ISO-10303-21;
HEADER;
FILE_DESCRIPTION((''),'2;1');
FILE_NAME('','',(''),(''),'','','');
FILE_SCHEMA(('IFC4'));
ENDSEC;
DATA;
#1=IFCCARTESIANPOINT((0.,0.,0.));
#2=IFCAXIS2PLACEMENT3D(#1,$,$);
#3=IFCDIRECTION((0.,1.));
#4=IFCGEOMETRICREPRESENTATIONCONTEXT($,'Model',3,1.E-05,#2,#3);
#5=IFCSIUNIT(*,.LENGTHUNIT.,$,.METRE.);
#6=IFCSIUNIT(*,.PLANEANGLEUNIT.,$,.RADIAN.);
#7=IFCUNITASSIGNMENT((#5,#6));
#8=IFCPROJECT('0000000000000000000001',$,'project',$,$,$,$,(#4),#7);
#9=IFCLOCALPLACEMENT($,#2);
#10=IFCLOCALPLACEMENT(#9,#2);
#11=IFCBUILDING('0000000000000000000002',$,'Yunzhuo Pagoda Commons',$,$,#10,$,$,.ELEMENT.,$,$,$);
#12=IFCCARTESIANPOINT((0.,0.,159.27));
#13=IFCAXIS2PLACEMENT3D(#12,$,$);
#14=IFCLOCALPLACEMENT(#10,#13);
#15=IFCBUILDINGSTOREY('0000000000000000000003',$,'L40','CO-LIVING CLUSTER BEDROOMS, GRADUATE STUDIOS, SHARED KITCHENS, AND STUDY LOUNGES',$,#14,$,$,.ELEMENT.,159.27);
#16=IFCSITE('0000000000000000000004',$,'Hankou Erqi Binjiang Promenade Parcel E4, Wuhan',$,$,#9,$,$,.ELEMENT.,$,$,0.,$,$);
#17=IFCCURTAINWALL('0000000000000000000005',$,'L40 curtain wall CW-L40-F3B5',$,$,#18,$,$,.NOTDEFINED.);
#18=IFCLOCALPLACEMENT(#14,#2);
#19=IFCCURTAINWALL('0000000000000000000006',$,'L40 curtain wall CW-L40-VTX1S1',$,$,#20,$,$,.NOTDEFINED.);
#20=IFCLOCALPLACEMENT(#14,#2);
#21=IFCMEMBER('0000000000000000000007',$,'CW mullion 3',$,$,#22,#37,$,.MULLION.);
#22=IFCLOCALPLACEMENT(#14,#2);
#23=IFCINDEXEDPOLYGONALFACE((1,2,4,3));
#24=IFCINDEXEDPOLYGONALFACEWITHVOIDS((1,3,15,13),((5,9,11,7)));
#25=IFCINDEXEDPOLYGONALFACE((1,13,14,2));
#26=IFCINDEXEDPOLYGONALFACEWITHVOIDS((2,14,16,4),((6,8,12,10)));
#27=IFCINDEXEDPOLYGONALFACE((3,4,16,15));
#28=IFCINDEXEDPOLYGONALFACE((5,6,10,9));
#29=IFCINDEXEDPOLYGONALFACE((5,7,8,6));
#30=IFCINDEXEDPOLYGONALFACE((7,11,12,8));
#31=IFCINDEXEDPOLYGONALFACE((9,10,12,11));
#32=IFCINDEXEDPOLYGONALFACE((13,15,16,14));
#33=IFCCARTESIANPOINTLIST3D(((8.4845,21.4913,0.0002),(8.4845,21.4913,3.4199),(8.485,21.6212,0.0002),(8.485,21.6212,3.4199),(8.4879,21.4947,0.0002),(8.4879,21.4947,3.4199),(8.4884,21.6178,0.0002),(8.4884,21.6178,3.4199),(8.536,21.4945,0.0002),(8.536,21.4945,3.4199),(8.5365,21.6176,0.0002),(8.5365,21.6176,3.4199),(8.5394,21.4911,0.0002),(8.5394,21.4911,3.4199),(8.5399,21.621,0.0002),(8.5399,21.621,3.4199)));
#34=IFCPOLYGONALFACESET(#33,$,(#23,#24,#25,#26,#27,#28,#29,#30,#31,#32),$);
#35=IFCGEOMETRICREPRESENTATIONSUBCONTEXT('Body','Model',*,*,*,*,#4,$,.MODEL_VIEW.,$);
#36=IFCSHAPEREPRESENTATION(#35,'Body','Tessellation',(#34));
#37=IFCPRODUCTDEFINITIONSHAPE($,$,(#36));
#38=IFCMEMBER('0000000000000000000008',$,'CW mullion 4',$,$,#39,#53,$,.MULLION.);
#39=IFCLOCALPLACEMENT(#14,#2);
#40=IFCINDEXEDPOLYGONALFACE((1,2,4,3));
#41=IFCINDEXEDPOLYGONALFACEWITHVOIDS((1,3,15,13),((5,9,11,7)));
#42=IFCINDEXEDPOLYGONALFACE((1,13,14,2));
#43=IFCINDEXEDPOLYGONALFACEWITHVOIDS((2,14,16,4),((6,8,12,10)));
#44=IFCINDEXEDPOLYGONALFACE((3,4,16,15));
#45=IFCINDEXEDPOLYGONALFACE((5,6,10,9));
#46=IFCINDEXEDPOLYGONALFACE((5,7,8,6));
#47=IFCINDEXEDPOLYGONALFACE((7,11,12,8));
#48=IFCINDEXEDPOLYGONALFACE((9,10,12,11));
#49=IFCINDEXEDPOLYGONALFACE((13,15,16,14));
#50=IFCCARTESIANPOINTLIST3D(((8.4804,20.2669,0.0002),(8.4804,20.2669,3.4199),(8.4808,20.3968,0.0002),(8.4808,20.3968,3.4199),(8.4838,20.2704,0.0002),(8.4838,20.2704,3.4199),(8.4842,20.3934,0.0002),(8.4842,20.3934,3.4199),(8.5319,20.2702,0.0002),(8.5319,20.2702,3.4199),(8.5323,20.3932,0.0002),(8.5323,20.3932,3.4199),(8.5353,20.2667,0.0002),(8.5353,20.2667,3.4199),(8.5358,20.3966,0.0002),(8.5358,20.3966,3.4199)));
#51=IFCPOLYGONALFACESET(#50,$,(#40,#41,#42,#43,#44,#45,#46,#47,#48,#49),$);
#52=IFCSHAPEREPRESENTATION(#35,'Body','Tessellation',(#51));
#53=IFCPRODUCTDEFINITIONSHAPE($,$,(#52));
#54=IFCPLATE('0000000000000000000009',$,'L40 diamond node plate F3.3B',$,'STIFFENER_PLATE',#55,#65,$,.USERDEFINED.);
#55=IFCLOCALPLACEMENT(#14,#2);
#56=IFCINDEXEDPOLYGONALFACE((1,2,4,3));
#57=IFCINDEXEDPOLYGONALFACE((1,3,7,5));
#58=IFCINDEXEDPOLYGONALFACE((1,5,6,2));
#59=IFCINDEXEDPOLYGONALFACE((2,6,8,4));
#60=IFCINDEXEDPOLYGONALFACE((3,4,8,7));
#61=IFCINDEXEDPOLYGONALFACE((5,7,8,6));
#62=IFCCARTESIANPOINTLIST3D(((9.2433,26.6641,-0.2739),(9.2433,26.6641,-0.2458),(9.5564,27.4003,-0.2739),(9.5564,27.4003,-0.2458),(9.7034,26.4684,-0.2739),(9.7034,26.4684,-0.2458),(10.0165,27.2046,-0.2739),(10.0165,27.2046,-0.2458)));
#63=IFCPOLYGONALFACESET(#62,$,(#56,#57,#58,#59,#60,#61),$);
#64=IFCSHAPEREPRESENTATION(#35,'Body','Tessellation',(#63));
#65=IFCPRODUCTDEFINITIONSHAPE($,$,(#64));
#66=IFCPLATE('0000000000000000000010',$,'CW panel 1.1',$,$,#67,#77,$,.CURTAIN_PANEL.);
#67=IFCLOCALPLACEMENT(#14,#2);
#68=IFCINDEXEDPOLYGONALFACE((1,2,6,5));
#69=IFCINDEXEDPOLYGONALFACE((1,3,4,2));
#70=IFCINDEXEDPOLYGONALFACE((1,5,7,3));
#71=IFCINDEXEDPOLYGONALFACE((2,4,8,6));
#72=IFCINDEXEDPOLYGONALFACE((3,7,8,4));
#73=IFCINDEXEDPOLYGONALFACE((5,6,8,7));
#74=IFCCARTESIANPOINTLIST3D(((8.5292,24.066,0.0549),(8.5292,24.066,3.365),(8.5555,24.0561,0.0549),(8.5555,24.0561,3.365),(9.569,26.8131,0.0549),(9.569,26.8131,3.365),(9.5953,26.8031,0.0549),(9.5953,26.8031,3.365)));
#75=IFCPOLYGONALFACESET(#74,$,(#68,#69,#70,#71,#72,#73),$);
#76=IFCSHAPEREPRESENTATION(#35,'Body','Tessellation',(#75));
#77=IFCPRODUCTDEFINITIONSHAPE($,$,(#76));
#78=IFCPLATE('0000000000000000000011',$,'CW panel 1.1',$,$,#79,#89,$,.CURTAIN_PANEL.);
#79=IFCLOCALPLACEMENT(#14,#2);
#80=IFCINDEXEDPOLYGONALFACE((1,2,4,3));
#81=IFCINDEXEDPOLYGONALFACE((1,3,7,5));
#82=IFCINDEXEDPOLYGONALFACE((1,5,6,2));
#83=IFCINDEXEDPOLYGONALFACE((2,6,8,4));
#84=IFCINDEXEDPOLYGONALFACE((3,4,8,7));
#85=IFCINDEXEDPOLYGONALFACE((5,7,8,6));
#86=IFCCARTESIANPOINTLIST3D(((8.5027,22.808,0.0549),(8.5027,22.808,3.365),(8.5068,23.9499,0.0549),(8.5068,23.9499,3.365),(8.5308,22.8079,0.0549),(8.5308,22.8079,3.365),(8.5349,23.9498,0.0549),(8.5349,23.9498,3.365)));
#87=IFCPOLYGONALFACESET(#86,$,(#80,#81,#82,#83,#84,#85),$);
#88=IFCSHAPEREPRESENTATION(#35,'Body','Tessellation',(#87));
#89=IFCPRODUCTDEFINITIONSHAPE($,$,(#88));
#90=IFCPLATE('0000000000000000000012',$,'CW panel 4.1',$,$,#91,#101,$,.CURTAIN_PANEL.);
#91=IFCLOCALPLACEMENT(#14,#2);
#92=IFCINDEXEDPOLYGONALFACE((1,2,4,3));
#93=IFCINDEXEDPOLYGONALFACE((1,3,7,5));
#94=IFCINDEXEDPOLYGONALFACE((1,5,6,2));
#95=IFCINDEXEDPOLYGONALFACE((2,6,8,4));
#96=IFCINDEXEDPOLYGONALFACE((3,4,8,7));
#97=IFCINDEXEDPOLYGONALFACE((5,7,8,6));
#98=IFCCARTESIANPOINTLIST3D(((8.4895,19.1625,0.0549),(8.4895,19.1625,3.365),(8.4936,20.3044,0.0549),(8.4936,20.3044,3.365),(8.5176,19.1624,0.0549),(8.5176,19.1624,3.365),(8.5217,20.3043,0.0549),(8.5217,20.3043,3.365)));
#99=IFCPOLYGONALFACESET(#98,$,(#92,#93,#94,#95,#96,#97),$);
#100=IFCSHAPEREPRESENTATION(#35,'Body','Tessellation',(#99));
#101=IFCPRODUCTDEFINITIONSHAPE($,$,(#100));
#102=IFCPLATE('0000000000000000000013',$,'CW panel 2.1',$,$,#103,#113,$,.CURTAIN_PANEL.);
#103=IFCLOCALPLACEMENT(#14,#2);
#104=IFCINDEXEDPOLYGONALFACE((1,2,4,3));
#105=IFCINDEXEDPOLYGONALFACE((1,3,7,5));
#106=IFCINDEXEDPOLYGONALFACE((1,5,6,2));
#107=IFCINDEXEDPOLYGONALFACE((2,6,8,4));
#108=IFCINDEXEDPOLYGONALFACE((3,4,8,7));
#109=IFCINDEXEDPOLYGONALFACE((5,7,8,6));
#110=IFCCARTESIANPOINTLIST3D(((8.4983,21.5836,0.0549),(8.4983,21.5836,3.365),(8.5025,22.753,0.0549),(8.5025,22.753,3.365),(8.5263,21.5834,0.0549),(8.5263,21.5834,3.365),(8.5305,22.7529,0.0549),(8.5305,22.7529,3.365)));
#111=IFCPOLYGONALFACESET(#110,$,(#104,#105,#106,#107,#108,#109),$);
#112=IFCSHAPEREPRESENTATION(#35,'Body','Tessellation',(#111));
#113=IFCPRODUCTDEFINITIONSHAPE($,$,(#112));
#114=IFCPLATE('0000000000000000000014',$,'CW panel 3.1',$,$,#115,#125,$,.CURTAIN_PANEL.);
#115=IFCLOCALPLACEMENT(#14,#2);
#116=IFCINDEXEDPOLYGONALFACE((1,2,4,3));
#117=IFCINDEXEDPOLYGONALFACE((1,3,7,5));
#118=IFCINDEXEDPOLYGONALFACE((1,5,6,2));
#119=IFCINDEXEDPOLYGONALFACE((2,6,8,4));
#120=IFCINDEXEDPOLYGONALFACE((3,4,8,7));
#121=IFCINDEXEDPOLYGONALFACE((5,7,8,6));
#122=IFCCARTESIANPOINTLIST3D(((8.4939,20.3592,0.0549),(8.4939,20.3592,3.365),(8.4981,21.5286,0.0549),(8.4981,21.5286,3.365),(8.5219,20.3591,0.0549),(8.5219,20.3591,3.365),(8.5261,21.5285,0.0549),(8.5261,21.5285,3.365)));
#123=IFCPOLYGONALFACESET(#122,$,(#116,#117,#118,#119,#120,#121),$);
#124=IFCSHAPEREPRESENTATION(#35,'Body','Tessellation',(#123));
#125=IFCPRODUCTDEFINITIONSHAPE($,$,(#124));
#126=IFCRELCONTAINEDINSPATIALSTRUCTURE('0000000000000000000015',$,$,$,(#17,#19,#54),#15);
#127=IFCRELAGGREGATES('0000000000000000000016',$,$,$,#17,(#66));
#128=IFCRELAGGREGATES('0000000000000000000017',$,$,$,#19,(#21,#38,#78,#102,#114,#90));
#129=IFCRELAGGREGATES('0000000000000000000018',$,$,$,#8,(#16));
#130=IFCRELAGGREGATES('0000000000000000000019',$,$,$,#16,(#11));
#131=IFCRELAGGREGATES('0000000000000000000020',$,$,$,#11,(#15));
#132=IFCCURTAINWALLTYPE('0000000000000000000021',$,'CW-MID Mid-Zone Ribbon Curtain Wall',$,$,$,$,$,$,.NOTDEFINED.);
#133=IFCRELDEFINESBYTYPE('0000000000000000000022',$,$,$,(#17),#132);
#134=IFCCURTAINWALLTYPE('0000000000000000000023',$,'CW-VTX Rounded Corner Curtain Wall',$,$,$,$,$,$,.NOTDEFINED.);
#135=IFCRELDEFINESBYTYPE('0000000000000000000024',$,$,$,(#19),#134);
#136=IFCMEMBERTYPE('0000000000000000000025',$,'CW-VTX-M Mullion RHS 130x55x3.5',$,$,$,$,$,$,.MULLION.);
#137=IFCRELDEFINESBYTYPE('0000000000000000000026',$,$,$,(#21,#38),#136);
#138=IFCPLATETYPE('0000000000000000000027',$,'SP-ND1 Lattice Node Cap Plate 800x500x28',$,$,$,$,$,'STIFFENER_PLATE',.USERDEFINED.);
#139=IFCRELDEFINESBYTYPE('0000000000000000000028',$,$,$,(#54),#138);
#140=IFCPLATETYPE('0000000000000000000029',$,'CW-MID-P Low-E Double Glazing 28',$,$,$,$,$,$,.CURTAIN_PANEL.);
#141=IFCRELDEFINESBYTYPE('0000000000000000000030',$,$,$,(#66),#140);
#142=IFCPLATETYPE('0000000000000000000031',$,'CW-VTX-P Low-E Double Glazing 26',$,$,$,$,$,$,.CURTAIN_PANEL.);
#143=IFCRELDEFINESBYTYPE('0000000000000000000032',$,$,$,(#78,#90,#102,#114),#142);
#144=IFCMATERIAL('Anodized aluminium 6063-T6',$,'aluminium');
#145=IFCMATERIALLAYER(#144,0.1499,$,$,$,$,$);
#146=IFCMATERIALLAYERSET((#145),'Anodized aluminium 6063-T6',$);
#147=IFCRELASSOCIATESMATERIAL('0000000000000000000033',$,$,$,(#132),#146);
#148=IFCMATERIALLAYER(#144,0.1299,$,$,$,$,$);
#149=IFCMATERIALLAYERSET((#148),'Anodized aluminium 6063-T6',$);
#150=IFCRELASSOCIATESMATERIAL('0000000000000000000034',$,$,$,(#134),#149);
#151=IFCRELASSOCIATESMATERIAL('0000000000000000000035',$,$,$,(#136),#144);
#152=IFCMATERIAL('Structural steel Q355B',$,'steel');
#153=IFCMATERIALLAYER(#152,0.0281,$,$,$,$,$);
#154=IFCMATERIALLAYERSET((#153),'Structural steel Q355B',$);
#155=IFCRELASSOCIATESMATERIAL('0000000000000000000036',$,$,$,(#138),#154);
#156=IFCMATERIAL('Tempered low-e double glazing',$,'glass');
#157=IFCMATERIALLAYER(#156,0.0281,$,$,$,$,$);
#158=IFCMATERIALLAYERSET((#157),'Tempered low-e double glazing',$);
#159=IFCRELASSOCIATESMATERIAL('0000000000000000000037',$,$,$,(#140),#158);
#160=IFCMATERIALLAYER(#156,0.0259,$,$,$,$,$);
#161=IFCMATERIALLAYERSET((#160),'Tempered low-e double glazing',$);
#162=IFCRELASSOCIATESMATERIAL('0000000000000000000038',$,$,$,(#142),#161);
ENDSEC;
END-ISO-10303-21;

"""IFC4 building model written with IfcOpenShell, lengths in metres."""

from ifc_helpers import new_model, si_unit, direction, frame, origin, origin_2d, place, context, subcontext, project, spatial, rectangle, hollow_rectangle, extrude, source, transform, mapped, material, layer, layer_set, material_profile, profile_set, type_object, element, aggregate, save


model = new_model("IFC4")

# Units and contexts
model_context = context("Model", 3, precision=1e-05, world=origin(), true_north=direction((0.0, 1.0)))
body_context = subcontext(model_context, "Body", "Model", "MODEL_VIEW")
ifc_project = project(units=[si_unit("LENGTHUNIT", "METRE"), si_unit("PLANEANGLEUNIT", "RADIAN")], contexts=[model_context])

# Site, building, storey
site_placement = place(None, origin())
site = spatial("IfcSite", under=ifc_project, at=site_placement, Name="Hankou Erqi Binjiang Promenade Parcel E4, Wuhan", CompositionType="ELEMENT", RefElevation=0.0)
building_placement = place(site_placement, origin())
building = spatial("IfcBuilding", under=site, at=building_placement, Name="Yunzhuo Pagoda Commons", CompositionType="ELEMENT")
storey_placement = place(building_placement, frame((0.0, 0.0, 159.27)))
storey = spatial("IfcBuildingStorey", under=building, at=storey_placement, Name="L40", Description="CO-LIVING CLUSTER BEDROOMS, GRADUATE STUDIOS, SHARED KITCHENS, AND STUDY LOUNGES", CompositionType="ELEMENT", Elevation=159.27)

# Shared definitions
ifc_material_1 = material(Name="Structural steel Q355B", Category="steel")

# Shared definitions
ifc_material_2 = material(Name="Anodized aluminium 6063-T6", Category="aluminium")
ifc_layer_1 = layer(ifc_material_2, 0.1499)
ifc_layer_set_1 = layer_set([ifc_layer_1], Name="Anodized aluminium 6063-T6")
curtain_wall_type_1 = type_object("IfcCurtainWallType", Name="CW-MID Mid-Zone Ribbon Curtain Wall", PredefinedType="NOTDEFINED", material=ifc_layer_set_1)

# Curtain walls
curtain_wall_1_placement = place(storey_placement, origin())
curtain_wall_1 = element("IfcCurtainWall", 1, at=curtain_wall_1_placement, inside=storey, type_object=curtain_wall_type_1, Name="L40 curtain wall CW-L40-F3B5", PredefinedType="NOTDEFINED")
ifc_layer_2 = layer(ifc_material_2, 0.1299)
ifc_layer_set_2 = layer_set([ifc_layer_2], Name="Anodized aluminium 6063-T6")
curtain_wall_type_2 = type_object("IfcCurtainWallType", Name="CW-VTX Rounded Corner Curtain Wall", PredefinedType="NOTDEFINED", material=ifc_layer_set_2)
curtain_wall_2_placement = place(storey_placement, origin())
curtain_wall_2 = element("IfcCurtainWall", 2, at=curtain_wall_2_placement, inside=storey, type_object=curtain_wall_type_2, Name="L40 curtain wall CW-L40-VTX1S1", PredefinedType="NOTDEFINED")

# Members
ifc_material_profile_1 = material_profile(ifc_material_2, hollow_rectangle(XDim=0.0549, YDim=0.1299, WallThickness=0.0034, at=origin_2d()), Name="Anodized aluminium 6063-T6")
ifc_profile_set_1 = profile_set([ifc_material_profile_1], Name="Anodized aluminium 6063-T6")
member_type_1 = type_object("IfcMemberType", Name="CW-VTX-M Mullion RHS 130x55x3.5", PredefinedType="MULLION", material=ifc_profile_set_1)
shared_shape_1 = source(origin(), body_context, "Body", "SweptSolid", [
    extrude(hollow_rectangle(XDim=0.0549, YDim=0.1299, WallThickness=0.0034, at=origin_2d()), origin(), (0.0, 0.0, 1.0), 3.4197),
])
member_1_placement = place(storey_placement, frame((8.5122, 21.5562, 0.0002), z_axis=(0.0, 0.0, 1.0), x_axis=(0.999994, -0.003594, 0.0)))
member_1 = element("IfcMember", 3, at=member_1_placement, type_object=member_type_1, Name="CW mullion 3", PredefinedType="MULLION", context=body_context, shape_type="MappedRepresentation", body=[
    mapped(shared_shape_1, transform((0.0, 0.0, 0.0), scale=1.0)),
])
member_2_placement = place(storey_placement, frame((8.5081, 20.3318, 0.0002), z_axis=(0.0, 0.0, 1.0), x_axis=(0.999994, -0.003594, 0.0)))
member_2 = element("IfcMember", 4, at=member_2_placement, type_object=member_type_1, Name="CW mullion 4", PredefinedType="MULLION", context=body_context, shape_type="MappedRepresentation", body=[
    mapped(shared_shape_1, transform((0.0, 0.0, 0.0), scale=1.0)),
])

# Plates
ifc_layer_3 = layer(ifc_material_1, 0.0281)
ifc_layer_set_3 = layer_set([ifc_layer_3], Name="Structural steel Q355B")
plate_type_1 = type_object("IfcPlateType", Name="SP-ND1 Lattice Node Cap Plate 800x500x28", ElementType="STIFFENER_PLATE", PredefinedType="USERDEFINED", material=ifc_layer_set_3)
shared_shape_2 = source(origin(), body_context, "Body", "SweptSolid", [
    extrude(rectangle(XDim=0.8, YDim=0.5, at=origin_2d()), origin(), (0.0, 0.0, 1.0), 0.0281),
])
plate_1_placement = place(storey_placement, frame((9.6299, 26.9343, -0.2739), z_axis=(0.0, 0.0, 1.0), x_axis=(-0.391406, -0.920218, 0.0)))
element("IfcPlate", 5, at=plate_1_placement, inside=storey, type_object=plate_type_1, Name="L40 diamond node plate F3.3B", ObjectType="STIFFENER_PLATE", PredefinedType="USERDEFINED", context=body_context, shape_type="MappedRepresentation", body=[
    mapped(shared_shape_2, transform((0.0, 0.0, 0.0), scale=1.0)),
])
ifc_material_3 = material(Name="Tempered low-e double glazing", Category="glass")
ifc_layer_4 = layer(ifc_material_3, 0.0281)
ifc_layer_set_4 = layer_set([ifc_layer_4], Name="Tempered low-e double glazing")
plate_type_2 = type_object("IfcPlateType", Name="CW-MID-P Low-E Double Glazing 28", PredefinedType="CURTAIN_PANEL", material=ifc_layer_set_4)
shared_shape_3 = source(origin(), body_context, "Body", "SweptSolid", [
    extrude(rectangle(XDim=2.9373, YDim=0.0281, at=origin_2d()), origin(), (0.0, 0.0, 1.0), 3.3101),
])
plate_2_placement = place(storey_placement, frame((9.0623, 25.4346, 0.0549), z_axis=(0.0, 0.0, 1.0), x_axis=(-0.353996, -0.935247, 0.0)))
plate_2 = element("IfcPlate", 6, at=plate_2_placement, type_object=plate_type_2, Name="CW panel 1.1", PredefinedType="CURTAIN_PANEL", context=body_context, shape_type="MappedRepresentation", body=[
    mapped(shared_shape_3, transform((0.0, 0.0, 0.0), scale=1.0)),
])
aggregate(curtain_wall_1, [plate_2])
ifc_layer_5 = layer(ifc_material_3, 0.0259)
ifc_layer_set_5 = layer_set([ifc_layer_5], Name="Tempered low-e double glazing")
plate_type_3 = type_object("IfcPlateType", Name="CW-VTX-P Low-E Double Glazing 26", PredefinedType="CURTAIN_PANEL", material=ifc_layer_set_5)
shared_shape_4 = source(origin(), body_context, "Body", "SweptSolid", [
    extrude(rectangle(XDim=1.1418, YDim=0.0281, at=origin_2d()), origin(), (0.0, 0.0, 1.0), 3.3101),
])
plate_3_placement = place(storey_placement, frame((8.5188, 23.3789, 0.0549), z_axis=(0.0, 0.0, 1.0), x_axis=(-0.003594, -0.999994, 0.0)))
plate_3 = element("IfcPlate", 7, at=plate_3_placement, type_object=plate_type_3, Name="CW panel 1.1", PredefinedType="CURTAIN_PANEL", context=body_context, shape_type="MappedRepresentation", body=[
    mapped(shared_shape_4, transform((0.0, 0.0, 0.0), scale=1.0)),
])
plate_4_placement = place(storey_placement, frame((8.5056, 19.7334, 0.0549), z_axis=(0.0, 0.0, 1.0), x_axis=(-0.003594, -0.999994, 0.0)))
plate_4 = element("IfcPlate", 8, at=plate_4_placement, type_object=plate_type_3, Name="CW panel 4.1", PredefinedType="CURTAIN_PANEL", context=body_context, shape_type="MappedRepresentation", body=[
    mapped(shared_shape_4, transform((0.0, 0.0, 0.0), scale=1.0)),
])
shared_shape_5 = source(origin(), body_context, "Body", "SweptSolid", [
    extrude(rectangle(XDim=1.1694, YDim=0.0281, at=origin_2d()), origin(), (0.0, 0.0, 1.0), 3.3101),
])
plate_5_placement = place(storey_placement, frame((8.5144, 22.1682, 0.0549), z_axis=(0.0, 0.0, 1.0), x_axis=(-0.003594, -0.999994, 0.0)))
plate_5 = element("IfcPlate", 9, at=plate_5_placement, type_object=plate_type_3, Name="CW panel 2.1", PredefinedType="CURTAIN_PANEL", context=body_context, shape_type="MappedRepresentation", body=[
    mapped(shared_shape_5, transform((0.0, 0.0, 0.0), scale=1.0)),
])
plate_6_placement = place(storey_placement, frame((8.51, 20.9438, 0.0549), z_axis=(0.0, 0.0, 1.0), x_axis=(-0.003594, -0.999994, 0.0)))
plate_6 = element("IfcPlate", 10, at=plate_6_placement, type_object=plate_type_3, Name="CW panel 3.1", PredefinedType="CURTAIN_PANEL", context=body_context, shape_type="MappedRepresentation", body=[
    mapped(shared_shape_5, transform((0.0, 0.0, 0.0), scale=1.0)),
])
aggregate(curtain_wall_2, [member_1, member_2, plate_3, plate_5, plate_6, plate_4])

save(model, "model.ifc")
